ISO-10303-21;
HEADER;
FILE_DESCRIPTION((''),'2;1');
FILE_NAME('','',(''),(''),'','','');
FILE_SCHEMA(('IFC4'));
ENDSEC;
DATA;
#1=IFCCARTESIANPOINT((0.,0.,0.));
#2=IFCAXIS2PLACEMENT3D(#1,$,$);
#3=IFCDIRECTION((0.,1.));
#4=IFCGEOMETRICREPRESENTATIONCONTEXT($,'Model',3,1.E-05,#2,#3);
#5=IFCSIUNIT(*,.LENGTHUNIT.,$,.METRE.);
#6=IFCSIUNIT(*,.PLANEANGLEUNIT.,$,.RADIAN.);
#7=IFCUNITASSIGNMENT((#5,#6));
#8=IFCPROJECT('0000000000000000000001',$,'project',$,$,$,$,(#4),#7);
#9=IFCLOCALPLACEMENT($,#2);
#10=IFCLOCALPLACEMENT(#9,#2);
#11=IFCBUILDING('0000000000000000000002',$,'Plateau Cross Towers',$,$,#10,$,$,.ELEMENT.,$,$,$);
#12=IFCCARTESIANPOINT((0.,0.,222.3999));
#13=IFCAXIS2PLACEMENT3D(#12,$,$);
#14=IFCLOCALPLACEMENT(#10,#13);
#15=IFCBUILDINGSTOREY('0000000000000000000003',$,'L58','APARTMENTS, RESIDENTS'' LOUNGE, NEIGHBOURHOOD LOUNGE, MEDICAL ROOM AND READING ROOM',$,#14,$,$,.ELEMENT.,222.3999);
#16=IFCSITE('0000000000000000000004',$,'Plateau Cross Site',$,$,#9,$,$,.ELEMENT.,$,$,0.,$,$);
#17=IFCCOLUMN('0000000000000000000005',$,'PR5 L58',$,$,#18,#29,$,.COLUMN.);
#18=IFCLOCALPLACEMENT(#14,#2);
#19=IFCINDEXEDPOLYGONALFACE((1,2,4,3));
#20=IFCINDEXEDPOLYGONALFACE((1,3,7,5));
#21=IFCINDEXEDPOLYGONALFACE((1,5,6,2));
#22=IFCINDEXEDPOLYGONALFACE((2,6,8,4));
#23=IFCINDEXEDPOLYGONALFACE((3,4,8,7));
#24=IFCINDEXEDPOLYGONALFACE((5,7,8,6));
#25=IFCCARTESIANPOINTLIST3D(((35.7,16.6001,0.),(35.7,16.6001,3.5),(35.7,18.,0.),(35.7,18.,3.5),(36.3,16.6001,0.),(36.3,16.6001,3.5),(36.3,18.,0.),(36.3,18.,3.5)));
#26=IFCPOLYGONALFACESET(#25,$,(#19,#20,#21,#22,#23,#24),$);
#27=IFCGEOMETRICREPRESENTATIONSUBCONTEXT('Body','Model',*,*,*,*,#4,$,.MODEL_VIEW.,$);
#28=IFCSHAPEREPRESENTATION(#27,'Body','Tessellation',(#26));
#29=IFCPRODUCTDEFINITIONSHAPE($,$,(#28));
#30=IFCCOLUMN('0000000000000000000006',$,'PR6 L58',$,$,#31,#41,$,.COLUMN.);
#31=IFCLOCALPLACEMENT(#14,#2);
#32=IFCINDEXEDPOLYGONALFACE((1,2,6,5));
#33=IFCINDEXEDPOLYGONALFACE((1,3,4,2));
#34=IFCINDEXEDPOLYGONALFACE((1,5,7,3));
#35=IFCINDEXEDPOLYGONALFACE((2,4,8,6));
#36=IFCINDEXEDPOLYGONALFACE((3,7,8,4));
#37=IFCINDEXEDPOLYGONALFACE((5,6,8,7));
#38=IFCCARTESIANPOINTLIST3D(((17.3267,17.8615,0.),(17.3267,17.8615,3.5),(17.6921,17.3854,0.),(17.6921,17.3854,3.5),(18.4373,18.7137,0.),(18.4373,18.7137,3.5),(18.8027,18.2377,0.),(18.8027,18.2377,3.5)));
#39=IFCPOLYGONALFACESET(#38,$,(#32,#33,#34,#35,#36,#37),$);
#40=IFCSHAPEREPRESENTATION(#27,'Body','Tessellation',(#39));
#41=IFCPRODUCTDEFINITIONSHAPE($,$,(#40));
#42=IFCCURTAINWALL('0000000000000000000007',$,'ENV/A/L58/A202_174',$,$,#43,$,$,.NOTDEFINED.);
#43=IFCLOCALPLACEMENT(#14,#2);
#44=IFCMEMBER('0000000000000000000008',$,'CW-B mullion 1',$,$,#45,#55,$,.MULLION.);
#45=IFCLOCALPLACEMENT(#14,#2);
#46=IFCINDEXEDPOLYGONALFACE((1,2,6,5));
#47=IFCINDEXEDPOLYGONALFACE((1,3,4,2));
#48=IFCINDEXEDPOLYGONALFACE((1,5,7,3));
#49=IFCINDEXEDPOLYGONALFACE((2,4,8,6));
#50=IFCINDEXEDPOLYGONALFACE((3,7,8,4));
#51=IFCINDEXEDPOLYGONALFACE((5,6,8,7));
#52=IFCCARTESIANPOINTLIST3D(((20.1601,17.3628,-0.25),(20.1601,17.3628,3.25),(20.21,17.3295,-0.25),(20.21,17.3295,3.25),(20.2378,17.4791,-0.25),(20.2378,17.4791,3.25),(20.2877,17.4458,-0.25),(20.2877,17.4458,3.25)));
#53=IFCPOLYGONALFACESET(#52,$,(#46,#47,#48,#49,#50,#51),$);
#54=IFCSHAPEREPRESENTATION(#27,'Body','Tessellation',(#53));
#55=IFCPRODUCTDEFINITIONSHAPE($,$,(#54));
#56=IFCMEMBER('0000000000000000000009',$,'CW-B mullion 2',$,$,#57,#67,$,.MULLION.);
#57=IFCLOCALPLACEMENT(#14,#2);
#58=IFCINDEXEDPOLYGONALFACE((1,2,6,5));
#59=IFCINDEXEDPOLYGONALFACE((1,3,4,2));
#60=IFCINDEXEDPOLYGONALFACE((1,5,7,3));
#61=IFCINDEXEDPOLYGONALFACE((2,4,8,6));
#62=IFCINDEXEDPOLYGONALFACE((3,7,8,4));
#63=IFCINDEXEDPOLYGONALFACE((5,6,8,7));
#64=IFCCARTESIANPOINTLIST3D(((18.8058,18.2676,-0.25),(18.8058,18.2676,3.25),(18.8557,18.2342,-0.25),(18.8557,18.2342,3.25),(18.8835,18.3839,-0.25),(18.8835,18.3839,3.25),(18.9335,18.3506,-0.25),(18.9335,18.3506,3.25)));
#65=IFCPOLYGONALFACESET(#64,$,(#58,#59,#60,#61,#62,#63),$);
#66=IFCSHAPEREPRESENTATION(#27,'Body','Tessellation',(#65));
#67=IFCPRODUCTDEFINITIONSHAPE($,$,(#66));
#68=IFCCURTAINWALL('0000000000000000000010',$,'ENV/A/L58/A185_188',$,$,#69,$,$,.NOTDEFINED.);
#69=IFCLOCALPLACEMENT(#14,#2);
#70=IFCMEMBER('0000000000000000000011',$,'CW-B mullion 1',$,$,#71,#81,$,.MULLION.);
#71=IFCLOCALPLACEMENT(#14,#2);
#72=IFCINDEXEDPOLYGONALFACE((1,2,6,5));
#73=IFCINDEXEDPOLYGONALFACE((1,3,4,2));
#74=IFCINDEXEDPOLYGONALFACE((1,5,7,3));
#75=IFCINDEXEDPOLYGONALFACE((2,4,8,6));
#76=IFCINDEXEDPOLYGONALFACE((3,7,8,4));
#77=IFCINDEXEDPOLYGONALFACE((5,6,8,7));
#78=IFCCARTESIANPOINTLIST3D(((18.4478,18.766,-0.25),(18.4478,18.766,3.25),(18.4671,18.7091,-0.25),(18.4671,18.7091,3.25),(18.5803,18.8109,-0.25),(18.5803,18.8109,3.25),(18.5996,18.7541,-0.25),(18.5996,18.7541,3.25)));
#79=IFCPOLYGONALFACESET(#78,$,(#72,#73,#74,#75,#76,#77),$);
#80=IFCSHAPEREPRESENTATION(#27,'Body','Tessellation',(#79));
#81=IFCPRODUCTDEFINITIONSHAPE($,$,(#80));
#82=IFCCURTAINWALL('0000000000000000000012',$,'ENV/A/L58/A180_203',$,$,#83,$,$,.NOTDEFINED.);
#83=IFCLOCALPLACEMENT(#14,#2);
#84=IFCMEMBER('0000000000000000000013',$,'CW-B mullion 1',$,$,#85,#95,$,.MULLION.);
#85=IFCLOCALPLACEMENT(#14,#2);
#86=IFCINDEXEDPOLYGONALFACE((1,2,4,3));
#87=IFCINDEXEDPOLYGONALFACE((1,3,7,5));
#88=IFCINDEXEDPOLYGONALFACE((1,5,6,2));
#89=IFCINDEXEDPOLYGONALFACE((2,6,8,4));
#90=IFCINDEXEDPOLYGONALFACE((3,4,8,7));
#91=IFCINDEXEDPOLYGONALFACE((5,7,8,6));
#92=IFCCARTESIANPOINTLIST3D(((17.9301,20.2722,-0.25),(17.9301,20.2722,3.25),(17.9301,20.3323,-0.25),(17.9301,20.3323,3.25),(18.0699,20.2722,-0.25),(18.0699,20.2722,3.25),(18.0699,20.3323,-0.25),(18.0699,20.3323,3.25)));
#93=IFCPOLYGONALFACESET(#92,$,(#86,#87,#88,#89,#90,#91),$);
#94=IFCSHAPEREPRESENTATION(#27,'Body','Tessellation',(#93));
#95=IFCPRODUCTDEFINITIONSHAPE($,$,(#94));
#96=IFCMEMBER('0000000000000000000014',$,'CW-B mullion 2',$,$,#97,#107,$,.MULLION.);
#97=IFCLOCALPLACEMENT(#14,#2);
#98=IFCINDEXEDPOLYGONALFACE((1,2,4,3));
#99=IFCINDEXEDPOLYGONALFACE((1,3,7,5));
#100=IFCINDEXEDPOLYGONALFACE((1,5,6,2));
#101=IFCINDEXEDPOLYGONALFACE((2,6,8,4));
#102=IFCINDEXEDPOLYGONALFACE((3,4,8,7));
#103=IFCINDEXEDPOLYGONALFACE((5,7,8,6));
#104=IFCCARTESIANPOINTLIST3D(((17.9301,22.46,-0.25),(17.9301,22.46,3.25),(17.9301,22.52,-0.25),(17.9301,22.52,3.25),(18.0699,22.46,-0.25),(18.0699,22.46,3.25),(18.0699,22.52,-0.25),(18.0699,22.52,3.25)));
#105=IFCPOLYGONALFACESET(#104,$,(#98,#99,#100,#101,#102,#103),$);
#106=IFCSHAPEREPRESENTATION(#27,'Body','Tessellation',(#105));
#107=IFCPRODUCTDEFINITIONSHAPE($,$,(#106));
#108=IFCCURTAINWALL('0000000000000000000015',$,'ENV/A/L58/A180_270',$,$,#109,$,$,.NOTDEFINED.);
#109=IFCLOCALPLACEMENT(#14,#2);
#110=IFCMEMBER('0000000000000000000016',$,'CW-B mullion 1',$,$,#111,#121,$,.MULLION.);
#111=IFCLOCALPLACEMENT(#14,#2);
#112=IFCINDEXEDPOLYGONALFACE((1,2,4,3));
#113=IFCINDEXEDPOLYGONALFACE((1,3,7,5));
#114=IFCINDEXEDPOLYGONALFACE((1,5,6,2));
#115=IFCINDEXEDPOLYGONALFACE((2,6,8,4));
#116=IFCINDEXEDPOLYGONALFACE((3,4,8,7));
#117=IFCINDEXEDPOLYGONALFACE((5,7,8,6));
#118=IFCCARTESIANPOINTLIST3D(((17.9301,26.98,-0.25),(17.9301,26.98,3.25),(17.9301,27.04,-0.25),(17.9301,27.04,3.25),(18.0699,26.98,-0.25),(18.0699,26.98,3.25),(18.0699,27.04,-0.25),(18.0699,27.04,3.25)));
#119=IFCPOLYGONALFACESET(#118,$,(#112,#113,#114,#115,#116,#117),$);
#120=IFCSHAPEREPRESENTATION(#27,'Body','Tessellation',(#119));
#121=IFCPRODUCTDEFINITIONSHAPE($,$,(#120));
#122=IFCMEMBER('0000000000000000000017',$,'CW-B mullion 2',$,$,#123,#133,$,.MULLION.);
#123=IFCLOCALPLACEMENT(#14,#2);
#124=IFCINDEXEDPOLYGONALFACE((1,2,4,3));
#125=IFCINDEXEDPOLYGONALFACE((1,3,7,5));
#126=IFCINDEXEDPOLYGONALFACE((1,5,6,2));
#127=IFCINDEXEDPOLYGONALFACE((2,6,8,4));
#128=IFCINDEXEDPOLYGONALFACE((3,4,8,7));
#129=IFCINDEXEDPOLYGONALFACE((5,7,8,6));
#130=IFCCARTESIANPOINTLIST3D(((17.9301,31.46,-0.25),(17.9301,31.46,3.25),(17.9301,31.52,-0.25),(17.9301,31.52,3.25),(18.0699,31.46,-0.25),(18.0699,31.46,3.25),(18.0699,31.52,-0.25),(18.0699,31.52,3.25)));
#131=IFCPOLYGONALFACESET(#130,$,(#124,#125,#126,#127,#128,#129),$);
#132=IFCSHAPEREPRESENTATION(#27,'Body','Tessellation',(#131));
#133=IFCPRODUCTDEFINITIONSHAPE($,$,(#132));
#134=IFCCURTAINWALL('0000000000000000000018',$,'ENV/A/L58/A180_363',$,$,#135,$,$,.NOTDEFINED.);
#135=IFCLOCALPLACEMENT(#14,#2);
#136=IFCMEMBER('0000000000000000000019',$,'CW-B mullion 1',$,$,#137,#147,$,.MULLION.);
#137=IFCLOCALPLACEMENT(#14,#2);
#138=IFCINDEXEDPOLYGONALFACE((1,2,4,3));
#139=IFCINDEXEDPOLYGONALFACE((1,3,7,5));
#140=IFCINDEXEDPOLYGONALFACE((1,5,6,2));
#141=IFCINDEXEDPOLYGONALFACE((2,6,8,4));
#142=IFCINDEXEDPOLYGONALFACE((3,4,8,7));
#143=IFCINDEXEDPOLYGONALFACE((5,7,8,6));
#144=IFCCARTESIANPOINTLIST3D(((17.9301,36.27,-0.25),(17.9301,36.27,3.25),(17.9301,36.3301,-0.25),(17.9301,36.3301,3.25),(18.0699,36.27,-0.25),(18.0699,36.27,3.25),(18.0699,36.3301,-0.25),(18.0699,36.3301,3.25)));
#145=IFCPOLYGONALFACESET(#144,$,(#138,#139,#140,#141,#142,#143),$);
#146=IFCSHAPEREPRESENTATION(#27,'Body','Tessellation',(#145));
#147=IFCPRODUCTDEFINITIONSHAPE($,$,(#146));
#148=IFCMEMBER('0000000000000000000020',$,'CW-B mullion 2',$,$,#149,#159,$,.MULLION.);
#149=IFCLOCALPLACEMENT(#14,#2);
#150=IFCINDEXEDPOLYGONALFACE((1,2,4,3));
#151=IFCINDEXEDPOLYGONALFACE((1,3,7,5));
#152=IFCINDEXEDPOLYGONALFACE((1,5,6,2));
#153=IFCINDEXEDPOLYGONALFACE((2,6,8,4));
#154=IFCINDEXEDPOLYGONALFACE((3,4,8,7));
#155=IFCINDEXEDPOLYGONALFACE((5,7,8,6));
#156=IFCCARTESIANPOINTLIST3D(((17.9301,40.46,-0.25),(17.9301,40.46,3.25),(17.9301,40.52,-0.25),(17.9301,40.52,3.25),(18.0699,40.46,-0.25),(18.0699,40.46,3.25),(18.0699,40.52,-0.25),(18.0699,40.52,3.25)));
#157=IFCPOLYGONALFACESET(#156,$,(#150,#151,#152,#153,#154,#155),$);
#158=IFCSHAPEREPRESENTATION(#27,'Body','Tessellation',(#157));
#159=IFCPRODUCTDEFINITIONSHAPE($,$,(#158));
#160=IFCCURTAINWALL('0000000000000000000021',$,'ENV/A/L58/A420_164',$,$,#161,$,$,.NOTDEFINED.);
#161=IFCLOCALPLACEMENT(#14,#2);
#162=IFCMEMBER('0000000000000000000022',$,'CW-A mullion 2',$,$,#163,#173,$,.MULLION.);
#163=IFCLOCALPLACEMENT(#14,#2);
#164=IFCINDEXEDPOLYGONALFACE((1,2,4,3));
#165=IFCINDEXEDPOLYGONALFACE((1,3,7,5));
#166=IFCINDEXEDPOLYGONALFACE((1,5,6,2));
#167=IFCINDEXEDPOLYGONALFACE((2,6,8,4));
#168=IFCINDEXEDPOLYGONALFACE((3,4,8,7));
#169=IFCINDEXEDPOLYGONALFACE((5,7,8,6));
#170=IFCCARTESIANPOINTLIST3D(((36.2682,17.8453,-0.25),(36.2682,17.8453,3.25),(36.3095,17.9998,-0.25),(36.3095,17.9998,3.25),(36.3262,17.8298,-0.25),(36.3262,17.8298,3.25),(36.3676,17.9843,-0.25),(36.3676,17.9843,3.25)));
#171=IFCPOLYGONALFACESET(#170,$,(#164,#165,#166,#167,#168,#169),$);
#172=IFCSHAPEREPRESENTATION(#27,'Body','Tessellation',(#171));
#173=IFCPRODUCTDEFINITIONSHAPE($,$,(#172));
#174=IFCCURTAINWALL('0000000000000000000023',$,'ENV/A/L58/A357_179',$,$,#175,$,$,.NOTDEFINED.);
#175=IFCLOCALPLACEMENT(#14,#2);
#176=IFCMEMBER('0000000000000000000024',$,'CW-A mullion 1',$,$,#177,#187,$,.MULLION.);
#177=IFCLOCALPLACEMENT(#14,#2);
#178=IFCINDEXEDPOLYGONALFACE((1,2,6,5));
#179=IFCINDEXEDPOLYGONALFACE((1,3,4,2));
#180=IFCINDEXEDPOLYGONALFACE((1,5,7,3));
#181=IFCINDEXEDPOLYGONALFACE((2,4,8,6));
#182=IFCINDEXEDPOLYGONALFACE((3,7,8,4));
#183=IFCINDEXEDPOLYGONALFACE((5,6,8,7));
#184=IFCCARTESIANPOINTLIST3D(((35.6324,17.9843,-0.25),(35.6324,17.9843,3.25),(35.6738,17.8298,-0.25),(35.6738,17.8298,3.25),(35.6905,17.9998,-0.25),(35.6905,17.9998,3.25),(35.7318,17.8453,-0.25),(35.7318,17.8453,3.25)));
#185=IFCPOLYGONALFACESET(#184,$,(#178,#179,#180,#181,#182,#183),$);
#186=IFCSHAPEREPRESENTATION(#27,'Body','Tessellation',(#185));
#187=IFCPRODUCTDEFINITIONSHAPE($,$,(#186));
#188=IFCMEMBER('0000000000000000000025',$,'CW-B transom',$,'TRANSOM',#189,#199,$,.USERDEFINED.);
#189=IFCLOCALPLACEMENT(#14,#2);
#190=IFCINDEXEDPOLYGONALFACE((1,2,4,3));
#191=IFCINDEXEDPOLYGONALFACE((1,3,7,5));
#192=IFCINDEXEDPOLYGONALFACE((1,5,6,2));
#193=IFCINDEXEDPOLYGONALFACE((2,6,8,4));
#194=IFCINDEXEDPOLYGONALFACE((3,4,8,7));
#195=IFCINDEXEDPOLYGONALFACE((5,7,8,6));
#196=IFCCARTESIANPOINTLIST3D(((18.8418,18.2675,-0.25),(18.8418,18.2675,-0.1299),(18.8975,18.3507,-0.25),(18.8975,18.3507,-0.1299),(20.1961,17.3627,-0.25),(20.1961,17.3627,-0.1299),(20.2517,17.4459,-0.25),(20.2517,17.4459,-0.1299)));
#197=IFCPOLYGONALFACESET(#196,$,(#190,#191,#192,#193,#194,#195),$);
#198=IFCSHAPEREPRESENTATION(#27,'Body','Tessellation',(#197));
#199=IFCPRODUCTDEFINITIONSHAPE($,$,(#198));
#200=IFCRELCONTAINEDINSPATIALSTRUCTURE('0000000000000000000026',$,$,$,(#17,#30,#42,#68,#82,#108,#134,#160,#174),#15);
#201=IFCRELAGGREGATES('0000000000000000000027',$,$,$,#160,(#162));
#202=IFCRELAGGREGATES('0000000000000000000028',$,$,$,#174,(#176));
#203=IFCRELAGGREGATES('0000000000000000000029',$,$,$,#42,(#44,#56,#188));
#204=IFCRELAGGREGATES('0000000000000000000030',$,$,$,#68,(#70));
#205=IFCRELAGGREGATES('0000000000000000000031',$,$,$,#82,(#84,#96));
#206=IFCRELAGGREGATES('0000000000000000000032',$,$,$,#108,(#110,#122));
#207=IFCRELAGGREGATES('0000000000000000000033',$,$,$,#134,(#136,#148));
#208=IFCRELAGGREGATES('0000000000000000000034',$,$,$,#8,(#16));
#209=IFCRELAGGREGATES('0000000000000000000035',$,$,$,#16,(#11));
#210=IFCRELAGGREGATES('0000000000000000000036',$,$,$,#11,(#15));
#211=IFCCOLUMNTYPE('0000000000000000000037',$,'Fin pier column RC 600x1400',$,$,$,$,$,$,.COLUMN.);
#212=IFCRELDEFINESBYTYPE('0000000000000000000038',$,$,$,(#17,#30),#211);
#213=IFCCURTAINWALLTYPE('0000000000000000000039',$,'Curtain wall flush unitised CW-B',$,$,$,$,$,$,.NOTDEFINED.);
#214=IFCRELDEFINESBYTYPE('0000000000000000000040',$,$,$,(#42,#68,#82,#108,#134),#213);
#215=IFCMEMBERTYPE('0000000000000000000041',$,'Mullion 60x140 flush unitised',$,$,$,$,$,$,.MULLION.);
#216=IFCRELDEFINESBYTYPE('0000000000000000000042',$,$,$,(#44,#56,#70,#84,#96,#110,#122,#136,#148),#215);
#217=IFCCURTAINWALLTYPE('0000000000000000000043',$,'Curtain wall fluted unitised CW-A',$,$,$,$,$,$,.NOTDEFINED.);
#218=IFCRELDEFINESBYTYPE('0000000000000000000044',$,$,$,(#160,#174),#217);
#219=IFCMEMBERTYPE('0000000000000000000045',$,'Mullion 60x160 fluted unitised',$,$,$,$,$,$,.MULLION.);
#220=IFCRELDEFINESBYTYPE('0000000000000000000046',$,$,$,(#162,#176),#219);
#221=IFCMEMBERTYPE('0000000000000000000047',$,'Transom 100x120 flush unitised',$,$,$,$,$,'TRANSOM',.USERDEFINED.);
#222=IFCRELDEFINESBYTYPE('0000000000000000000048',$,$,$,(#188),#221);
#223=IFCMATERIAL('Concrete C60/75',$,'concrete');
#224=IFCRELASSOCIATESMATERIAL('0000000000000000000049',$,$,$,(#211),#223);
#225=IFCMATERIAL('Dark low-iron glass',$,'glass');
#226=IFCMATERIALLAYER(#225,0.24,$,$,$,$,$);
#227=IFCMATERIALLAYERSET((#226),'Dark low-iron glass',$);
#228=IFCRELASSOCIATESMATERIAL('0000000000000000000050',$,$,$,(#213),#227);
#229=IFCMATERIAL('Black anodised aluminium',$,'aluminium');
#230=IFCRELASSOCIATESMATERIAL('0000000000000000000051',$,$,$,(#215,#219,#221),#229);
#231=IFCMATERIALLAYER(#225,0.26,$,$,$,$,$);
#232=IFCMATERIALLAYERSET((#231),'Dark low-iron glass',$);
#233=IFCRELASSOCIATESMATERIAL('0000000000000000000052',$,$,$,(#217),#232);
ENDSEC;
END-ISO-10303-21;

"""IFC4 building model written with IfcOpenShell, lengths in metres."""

from ifc_helpers import new_model, si_unit, direction, frame, origin, origin_2d, place, context, subcontext, project, spatial, rectangle, extrude, material, layer, layer_set, material_profile, profile_set, type_object, element, aggregate, save


model = new_model("IFC4")

# Units and contexts
model_context = context("Model", 3, precision=1e-05, world=origin(), true_north=direction((0.0, 1.0)))
body_context = subcontext(model_context, "Body", "Model", "MODEL_VIEW")
ifc_project = project(units=[si_unit("LENGTHUNIT", "METRE"), si_unit("PLANEANGLEUNIT", "RADIAN")], contexts=[model_context])

# Site, building, storey
site_placement = place(None, origin())
site = spatial("IfcSite", under=ifc_project, at=site_placement, Name="Plateau Cross Site", CompositionType="ELEMENT", RefElevation=0.0)
building_placement = place(site_placement, origin())
building = spatial("IfcBuilding", under=site, at=building_placement, Name="Plateau Cross Towers", CompositionType="ELEMENT")
storey_placement = place(building_placement, frame((0.0, 0.0, 222.3999)))
storey = spatial("IfcBuildingStorey", under=building, at=storey_placement, Name="L58", Description="APARTMENTS, RESIDENTS' LOUNGE, NEIGHBOURHOOD LOUNGE, MEDICAL ROOM AND READING ROOM", CompositionType="ELEMENT", Elevation=222.3999)

# Columns
ifc_material_1 = material(Name="Concrete C60/75", Category="concrete")
ifc_material_profile_1 = material_profile(ifc_material_1, rectangle(XDim=0.6001, YDim=1.3999, at=origin_2d()), Name="RC 600x1400")
ifc_profile_set_1 = profile_set([ifc_material_profile_1], Name="Concrete C60/75")
column_type = type_object("IfcColumnType", Name="Fin pier column RC 600x1400", PredefinedType="COLUMN", material=ifc_profile_set_1)
for number, where, z_axis, x_axis, name in (
    (1, (36.0, 17.3, 0.0), (0.0, 0.0, 1.0), (1.0, 0.0, 0.0), "PR5 L58"),
    (2, (18.0647, 18.0496, 0.0), (0.0, 0.0, 1.0), (-0.608811, 0.793315, 0.0), "PR6 L58"),
):
    element("IfcColumn", number, at=place(storey_placement, frame(where, z_axis=z_axis, x_axis=x_axis)), inside=storey, type_object=column_type, Name=name, PredefinedType="COLUMN", context=body_context, shape_type="SweptSolid", body=[
        extrude(rectangle(XDim=0.6001, YDim=1.3999, at=origin_2d()), origin(), (0.0, 0.0, 1.0), 3.5),
    ])

# Curtain wall, members
ifc_material_2 = material(Name="Dark low-iron glass", Category="glass")
ifc_layer_1 = layer(ifc_material_2, 0.24)
ifc_layer_set_1 = layer_set([ifc_layer_1], Name="Dark low-iron glass")
curtain_wall_type_1 = type_object("IfcCurtainWallType", Name="Curtain wall flush unitised CW-B", PredefinedType="NOTDEFINED", material=ifc_layer_set_1)
curtain_wall_1_placement = place(storey_placement, origin())
curtain_wall_1 = element("IfcCurtainWall", 3, at=curtain_wall_1_placement, inside=storey, type_object=curtain_wall_type_1, Name="ENV/A/L58/A202_174", PredefinedType="NOTDEFINED")
ifc_material_3 = material(Name="Black anodised aluminium", Category="aluminium")
ifc_material_profile_2 = material_profile(ifc_material_3, rectangle(XDim=0.0601, YDim=0.1399, at=origin_2d()), Name="MULLION 60x140")
ifc_profile_set_2 = profile_set([ifc_material_profile_2], Name="Black anodised aluminium")
member_type_1 = type_object("IfcMemberType", Name="Mullion 60x140 flush unitised", PredefinedType="MULLION", material=ifc_profile_set_2)
member_1_placement = place(storey_placement, frame((20.2239, 17.4043, -0.25), z_axis=(0.0, 0.0, 1.0), x_axis=(-0.831521, 0.555493, 0.0)))
member_1 = element("IfcMember", 4, at=member_1_placement, type_object=member_type_1, Name="CW-B mullion 1", PredefinedType="MULLION", context=body_context, shape_type="SweptSolid", body=[
    extrude(rectangle(XDim=0.0601, YDim=0.1399, at=origin_2d()), origin(), (0.0, 0.0, 1.0), 3.5),
])
member_2_placement = place(storey_placement, frame((18.8696, 18.3091, -0.25), z_axis=(0.0, 0.0, 1.0), x_axis=(-0.831521, 0.555493, 0.0)))
member_2 = element("IfcMember", 5, at=member_2_placement, type_object=member_type_1, Name="CW-B mullion 2", PredefinedType="MULLION", context=body_context, shape_type="SweptSolid", body=[
    extrude(rectangle(XDim=0.0601, YDim=0.1399, at=origin_2d()), origin(), (0.0, 0.0, 1.0), 3.5),
])

# Curtain wall, member
curtain_wall_2_placement = place(storey_placement, origin())
curtain_wall_2 = element("IfcCurtainWall", 6, at=curtain_wall_2_placement, inside=storey, type_object=curtain_wall_type_1, Name="ENV/A/L58/A185_188", PredefinedType="NOTDEFINED")
member_3_placement = place(storey_placement, frame((18.5237, 18.76, -0.25), z_axis=(0.0, 0.0, 1.0), x_axis=(-0.321469, 0.94692, 0.0)))
member_3 = element("IfcMember", 7, at=member_3_placement, type_object=member_type_1, Name="CW-B mullion 1", PredefinedType="MULLION", context=body_context, shape_type="SweptSolid", body=[
    extrude(rectangle(XDim=0.0601, YDim=0.1399, at=origin_2d()), origin(), (0.0, 0.0, 1.0), 3.5),
])

# Curtain walls, members
curtain_wall_3_placement = place(storey_placement, origin())
curtain_wall_3 = element("IfcCurtainWall", 8, at=curtain_wall_3_placement, inside=storey, type_object=curtain_wall_type_1, Name="ENV/A/L58/A180_203", PredefinedType="NOTDEFINED")
member_4_placement = place(storey_placement, frame((18.0, 20.3022, -0.25), z_axis=(0.0, 0.0, 1.0), x_axis=(0.0, 1.0, 0.0)))
member_4 = element("IfcMember", 9, at=member_4_placement, type_object=member_type_1, Name="CW-B mullion 1", PredefinedType="MULLION", context=body_context, shape_type="SweptSolid", body=[
    extrude(rectangle(XDim=0.0601, YDim=0.1399, at=origin_2d()), origin(), (0.0, 0.0, 1.0), 3.5),
])
member_5_placement = place(storey_placement, frame((18.0, 22.49, -0.25), z_axis=(0.0, 0.0, 1.0), x_axis=(0.0, 1.0, 0.0)))
member_5 = element("IfcMember", 10, at=member_5_placement, type_object=member_type_1, Name="CW-B mullion 2", PredefinedType="MULLION", context=body_context, shape_type="SweptSolid", body=[
    extrude(rectangle(XDim=0.0601, YDim=0.1399, at=origin_2d()), origin(), (0.0, 0.0, 1.0), 3.5),
])
curtain_wall_4_placement = place(storey_placement, origin())
curtain_wall_4 = element("IfcCurtainWall", 11, at=curtain_wall_4_placement, inside=storey, type_object=curtain_wall_type_1, Name="ENV/A/L58/A180_270", PredefinedType="NOTDEFINED")
member_6_placement = place(storey_placement, frame((18.0, 27.01, -0.25), z_axis=(0.0, 0.0, 1.0), x_axis=(0.0, 1.0, 0.0)))
member_6 = element("IfcMember", 12, at=member_6_placement, type_object=member_type_1, Name="CW-B mullion 1", PredefinedType="MULLION", context=body_context, shape_type="SweptSolid", body=[
    extrude(rectangle(XDim=0.0601, YDim=0.1399, at=origin_2d()), origin(), (0.0, 0.0, 1.0), 3.5),
])
member_7_placement = place(storey_placement, frame((18.0, 31.49, -0.25), z_axis=(0.0, 0.0, 1.0), x_axis=(0.0, 1.0, 0.0)))
member_7 = element("IfcMember", 13, at=member_7_placement, type_object=member_type_1, Name="CW-B mullion 2", PredefinedType="MULLION", context=body_context, shape_type="SweptSolid", body=[
    extrude(rectangle(XDim=0.0601, YDim=0.1399, at=origin_2d()), origin(), (0.0, 0.0, 1.0), 3.5),
])
curtain_wall_5_placement = place(storey_placement, origin())
curtain_wall_5 = element("IfcCurtainWall", 14, at=curtain_wall_5_placement, inside=storey, type_object=curtain_wall_type_1, Name="ENV/A/L58/A180_363", PredefinedType="NOTDEFINED")
member_8_placement = place(storey_placement, frame((18.0, 36.3, -0.25), z_axis=(0.0, 0.0, 1.0), x_axis=(0.0, 1.0, 0.0)))
member_8 = element("IfcMember", 15, at=member_8_placement, type_object=member_type_1, Name="CW-B mullion 1", PredefinedType="MULLION", context=body_context, shape_type="SweptSolid", body=[
    extrude(rectangle(XDim=0.0601, YDim=0.1399, at=origin_2d()), origin(), (0.0, 0.0, 1.0), 3.5),
])
member_9_placement = place(storey_placement, frame((18.0, 40.49, -0.25), z_axis=(0.0, 0.0, 1.0), x_axis=(0.0, 1.0, 0.0)))
member_9 = element("IfcMember", 16, at=member_9_placement, type_object=member_type_1, Name="CW-B mullion 2", PredefinedType="MULLION", context=body_context, shape_type="SweptSolid", body=[
    extrude(rectangle(XDim=0.0601, YDim=0.1399, at=origin_2d()), origin(), (0.0, 0.0, 1.0), 3.5),
])

# Curtain walls, members
ifc_layer_2 = layer(ifc_material_2, 0.26)
ifc_layer_set_2 = layer_set([ifc_layer_2], Name="Dark low-iron glass")
curtain_wall_type_2 = type_object("IfcCurtainWallType", Name="Curtain wall fluted unitised CW-A", PredefinedType="NOTDEFINED", material=ifc_layer_set_2)
curtain_wall_6_placement = place(storey_placement, origin())
curtain_wall_6 = element("IfcCurtainWall", 17, at=curtain_wall_6_placement, inside=storey, type_object=curtain_wall_type_2, Name="ENV/A/L58/A420_164", PredefinedType="NOTDEFINED")
ifc_material_profile_3 = material_profile(ifc_material_3, rectangle(XDim=0.0601, YDim=0.1599, at=origin_2d()), Name="MULLION 60x160")
ifc_profile_set_3 = profile_set([ifc_material_profile_3], Name="Black anodised aluminium")
member_type_2 = type_object("IfcMemberType", Name="Mullion 60x160 fluted unitised", PredefinedType="MULLION", material=ifc_profile_set_3)
member_10_placement = place(storey_placement, frame((36.3179, 17.9148, -0.25), z_axis=(0.0, 0.0, 1.0), x_axis=(-0.965958, 0.258699, 0.0)))
member_10 = element("IfcMember", 18, at=member_10_placement, type_object=member_type_2, Name="CW-A mullion 2", PredefinedType="MULLION", context=body_context, shape_type="SweptSolid", body=[
    extrude(rectangle(XDim=0.0601, YDim=0.1599, at=origin_2d()), origin(), (0.0, 0.0, 1.0), 3.5),
])
aggregate(curtain_wall_6, [member_10])
curtain_wall_7_placement = place(storey_placement, origin())
curtain_wall_7 = element("IfcCurtainWall", 19, at=curtain_wall_7_placement, inside=storey, type_object=curtain_wall_type_2, Name="ENV/A/L58/A357_179", PredefinedType="NOTDEFINED")
member_11_placement = place(storey_placement, frame((35.6821, 17.9148, -0.25), z_axis=(0.0, 0.0, 1.0), x_axis=(-0.965958, -0.258699, 0.0)))
member_11 = element("IfcMember", 20, at=member_11_placement, type_object=member_type_2, Name="CW-A mullion 1", PredefinedType="MULLION", context=body_context, shape_type="SweptSolid", body=[
    extrude(rectangle(XDim=0.0601, YDim=0.1599, at=origin_2d()), origin(), (0.0, 0.0, 1.0), 3.5),
])

# Member
ifc_material_profile_4 = material_profile(ifc_material_3, rectangle(XDim=0.1001, YDim=0.1201, at=origin_2d()), Name="TRANSOM 100x120")
ifc_profile_set_4 = profile_set([ifc_material_profile_4], Name="Black anodised aluminium")
member_type_3 = type_object("IfcMemberType", Name="Transom 100x120 flush unitised", ElementType="TRANSOM", PredefinedType="USERDEFINED", material=ifc_profile_set_4)
member_12_placement = place(storey_placement, frame((20.2239, 17.4043, -0.1899), z_axis=(-0.831496, 0.55553, 0.0), x_axis=(-0.55553, -0.831496, 0.0)))
member_12 = element("IfcMember", 21, at=member_12_placement, type_object=member_type_3, Name="CW-B transom", ObjectType="TRANSOM", PredefinedType="USERDEFINED", context=body_context, shape_type="SweptSolid", body=[
    extrude(rectangle(XDim=0.1001, YDim=0.1201, at=origin_2d()), origin(), (0.0, 0.0, 1.0), 1.6287),
])
aggregate(curtain_wall_7, [member_11])

aggregate(curtain_wall_1, [member_1, member_2, member_12])
aggregate(curtain_wall_2, [member_3])
aggregate(curtain_wall_3, [member_4, member_5])
aggregate(curtain_wall_4, [member_6, member_7])
aggregate(curtain_wall_5, [member_8, member_9])

save(model, "model.ifc")
